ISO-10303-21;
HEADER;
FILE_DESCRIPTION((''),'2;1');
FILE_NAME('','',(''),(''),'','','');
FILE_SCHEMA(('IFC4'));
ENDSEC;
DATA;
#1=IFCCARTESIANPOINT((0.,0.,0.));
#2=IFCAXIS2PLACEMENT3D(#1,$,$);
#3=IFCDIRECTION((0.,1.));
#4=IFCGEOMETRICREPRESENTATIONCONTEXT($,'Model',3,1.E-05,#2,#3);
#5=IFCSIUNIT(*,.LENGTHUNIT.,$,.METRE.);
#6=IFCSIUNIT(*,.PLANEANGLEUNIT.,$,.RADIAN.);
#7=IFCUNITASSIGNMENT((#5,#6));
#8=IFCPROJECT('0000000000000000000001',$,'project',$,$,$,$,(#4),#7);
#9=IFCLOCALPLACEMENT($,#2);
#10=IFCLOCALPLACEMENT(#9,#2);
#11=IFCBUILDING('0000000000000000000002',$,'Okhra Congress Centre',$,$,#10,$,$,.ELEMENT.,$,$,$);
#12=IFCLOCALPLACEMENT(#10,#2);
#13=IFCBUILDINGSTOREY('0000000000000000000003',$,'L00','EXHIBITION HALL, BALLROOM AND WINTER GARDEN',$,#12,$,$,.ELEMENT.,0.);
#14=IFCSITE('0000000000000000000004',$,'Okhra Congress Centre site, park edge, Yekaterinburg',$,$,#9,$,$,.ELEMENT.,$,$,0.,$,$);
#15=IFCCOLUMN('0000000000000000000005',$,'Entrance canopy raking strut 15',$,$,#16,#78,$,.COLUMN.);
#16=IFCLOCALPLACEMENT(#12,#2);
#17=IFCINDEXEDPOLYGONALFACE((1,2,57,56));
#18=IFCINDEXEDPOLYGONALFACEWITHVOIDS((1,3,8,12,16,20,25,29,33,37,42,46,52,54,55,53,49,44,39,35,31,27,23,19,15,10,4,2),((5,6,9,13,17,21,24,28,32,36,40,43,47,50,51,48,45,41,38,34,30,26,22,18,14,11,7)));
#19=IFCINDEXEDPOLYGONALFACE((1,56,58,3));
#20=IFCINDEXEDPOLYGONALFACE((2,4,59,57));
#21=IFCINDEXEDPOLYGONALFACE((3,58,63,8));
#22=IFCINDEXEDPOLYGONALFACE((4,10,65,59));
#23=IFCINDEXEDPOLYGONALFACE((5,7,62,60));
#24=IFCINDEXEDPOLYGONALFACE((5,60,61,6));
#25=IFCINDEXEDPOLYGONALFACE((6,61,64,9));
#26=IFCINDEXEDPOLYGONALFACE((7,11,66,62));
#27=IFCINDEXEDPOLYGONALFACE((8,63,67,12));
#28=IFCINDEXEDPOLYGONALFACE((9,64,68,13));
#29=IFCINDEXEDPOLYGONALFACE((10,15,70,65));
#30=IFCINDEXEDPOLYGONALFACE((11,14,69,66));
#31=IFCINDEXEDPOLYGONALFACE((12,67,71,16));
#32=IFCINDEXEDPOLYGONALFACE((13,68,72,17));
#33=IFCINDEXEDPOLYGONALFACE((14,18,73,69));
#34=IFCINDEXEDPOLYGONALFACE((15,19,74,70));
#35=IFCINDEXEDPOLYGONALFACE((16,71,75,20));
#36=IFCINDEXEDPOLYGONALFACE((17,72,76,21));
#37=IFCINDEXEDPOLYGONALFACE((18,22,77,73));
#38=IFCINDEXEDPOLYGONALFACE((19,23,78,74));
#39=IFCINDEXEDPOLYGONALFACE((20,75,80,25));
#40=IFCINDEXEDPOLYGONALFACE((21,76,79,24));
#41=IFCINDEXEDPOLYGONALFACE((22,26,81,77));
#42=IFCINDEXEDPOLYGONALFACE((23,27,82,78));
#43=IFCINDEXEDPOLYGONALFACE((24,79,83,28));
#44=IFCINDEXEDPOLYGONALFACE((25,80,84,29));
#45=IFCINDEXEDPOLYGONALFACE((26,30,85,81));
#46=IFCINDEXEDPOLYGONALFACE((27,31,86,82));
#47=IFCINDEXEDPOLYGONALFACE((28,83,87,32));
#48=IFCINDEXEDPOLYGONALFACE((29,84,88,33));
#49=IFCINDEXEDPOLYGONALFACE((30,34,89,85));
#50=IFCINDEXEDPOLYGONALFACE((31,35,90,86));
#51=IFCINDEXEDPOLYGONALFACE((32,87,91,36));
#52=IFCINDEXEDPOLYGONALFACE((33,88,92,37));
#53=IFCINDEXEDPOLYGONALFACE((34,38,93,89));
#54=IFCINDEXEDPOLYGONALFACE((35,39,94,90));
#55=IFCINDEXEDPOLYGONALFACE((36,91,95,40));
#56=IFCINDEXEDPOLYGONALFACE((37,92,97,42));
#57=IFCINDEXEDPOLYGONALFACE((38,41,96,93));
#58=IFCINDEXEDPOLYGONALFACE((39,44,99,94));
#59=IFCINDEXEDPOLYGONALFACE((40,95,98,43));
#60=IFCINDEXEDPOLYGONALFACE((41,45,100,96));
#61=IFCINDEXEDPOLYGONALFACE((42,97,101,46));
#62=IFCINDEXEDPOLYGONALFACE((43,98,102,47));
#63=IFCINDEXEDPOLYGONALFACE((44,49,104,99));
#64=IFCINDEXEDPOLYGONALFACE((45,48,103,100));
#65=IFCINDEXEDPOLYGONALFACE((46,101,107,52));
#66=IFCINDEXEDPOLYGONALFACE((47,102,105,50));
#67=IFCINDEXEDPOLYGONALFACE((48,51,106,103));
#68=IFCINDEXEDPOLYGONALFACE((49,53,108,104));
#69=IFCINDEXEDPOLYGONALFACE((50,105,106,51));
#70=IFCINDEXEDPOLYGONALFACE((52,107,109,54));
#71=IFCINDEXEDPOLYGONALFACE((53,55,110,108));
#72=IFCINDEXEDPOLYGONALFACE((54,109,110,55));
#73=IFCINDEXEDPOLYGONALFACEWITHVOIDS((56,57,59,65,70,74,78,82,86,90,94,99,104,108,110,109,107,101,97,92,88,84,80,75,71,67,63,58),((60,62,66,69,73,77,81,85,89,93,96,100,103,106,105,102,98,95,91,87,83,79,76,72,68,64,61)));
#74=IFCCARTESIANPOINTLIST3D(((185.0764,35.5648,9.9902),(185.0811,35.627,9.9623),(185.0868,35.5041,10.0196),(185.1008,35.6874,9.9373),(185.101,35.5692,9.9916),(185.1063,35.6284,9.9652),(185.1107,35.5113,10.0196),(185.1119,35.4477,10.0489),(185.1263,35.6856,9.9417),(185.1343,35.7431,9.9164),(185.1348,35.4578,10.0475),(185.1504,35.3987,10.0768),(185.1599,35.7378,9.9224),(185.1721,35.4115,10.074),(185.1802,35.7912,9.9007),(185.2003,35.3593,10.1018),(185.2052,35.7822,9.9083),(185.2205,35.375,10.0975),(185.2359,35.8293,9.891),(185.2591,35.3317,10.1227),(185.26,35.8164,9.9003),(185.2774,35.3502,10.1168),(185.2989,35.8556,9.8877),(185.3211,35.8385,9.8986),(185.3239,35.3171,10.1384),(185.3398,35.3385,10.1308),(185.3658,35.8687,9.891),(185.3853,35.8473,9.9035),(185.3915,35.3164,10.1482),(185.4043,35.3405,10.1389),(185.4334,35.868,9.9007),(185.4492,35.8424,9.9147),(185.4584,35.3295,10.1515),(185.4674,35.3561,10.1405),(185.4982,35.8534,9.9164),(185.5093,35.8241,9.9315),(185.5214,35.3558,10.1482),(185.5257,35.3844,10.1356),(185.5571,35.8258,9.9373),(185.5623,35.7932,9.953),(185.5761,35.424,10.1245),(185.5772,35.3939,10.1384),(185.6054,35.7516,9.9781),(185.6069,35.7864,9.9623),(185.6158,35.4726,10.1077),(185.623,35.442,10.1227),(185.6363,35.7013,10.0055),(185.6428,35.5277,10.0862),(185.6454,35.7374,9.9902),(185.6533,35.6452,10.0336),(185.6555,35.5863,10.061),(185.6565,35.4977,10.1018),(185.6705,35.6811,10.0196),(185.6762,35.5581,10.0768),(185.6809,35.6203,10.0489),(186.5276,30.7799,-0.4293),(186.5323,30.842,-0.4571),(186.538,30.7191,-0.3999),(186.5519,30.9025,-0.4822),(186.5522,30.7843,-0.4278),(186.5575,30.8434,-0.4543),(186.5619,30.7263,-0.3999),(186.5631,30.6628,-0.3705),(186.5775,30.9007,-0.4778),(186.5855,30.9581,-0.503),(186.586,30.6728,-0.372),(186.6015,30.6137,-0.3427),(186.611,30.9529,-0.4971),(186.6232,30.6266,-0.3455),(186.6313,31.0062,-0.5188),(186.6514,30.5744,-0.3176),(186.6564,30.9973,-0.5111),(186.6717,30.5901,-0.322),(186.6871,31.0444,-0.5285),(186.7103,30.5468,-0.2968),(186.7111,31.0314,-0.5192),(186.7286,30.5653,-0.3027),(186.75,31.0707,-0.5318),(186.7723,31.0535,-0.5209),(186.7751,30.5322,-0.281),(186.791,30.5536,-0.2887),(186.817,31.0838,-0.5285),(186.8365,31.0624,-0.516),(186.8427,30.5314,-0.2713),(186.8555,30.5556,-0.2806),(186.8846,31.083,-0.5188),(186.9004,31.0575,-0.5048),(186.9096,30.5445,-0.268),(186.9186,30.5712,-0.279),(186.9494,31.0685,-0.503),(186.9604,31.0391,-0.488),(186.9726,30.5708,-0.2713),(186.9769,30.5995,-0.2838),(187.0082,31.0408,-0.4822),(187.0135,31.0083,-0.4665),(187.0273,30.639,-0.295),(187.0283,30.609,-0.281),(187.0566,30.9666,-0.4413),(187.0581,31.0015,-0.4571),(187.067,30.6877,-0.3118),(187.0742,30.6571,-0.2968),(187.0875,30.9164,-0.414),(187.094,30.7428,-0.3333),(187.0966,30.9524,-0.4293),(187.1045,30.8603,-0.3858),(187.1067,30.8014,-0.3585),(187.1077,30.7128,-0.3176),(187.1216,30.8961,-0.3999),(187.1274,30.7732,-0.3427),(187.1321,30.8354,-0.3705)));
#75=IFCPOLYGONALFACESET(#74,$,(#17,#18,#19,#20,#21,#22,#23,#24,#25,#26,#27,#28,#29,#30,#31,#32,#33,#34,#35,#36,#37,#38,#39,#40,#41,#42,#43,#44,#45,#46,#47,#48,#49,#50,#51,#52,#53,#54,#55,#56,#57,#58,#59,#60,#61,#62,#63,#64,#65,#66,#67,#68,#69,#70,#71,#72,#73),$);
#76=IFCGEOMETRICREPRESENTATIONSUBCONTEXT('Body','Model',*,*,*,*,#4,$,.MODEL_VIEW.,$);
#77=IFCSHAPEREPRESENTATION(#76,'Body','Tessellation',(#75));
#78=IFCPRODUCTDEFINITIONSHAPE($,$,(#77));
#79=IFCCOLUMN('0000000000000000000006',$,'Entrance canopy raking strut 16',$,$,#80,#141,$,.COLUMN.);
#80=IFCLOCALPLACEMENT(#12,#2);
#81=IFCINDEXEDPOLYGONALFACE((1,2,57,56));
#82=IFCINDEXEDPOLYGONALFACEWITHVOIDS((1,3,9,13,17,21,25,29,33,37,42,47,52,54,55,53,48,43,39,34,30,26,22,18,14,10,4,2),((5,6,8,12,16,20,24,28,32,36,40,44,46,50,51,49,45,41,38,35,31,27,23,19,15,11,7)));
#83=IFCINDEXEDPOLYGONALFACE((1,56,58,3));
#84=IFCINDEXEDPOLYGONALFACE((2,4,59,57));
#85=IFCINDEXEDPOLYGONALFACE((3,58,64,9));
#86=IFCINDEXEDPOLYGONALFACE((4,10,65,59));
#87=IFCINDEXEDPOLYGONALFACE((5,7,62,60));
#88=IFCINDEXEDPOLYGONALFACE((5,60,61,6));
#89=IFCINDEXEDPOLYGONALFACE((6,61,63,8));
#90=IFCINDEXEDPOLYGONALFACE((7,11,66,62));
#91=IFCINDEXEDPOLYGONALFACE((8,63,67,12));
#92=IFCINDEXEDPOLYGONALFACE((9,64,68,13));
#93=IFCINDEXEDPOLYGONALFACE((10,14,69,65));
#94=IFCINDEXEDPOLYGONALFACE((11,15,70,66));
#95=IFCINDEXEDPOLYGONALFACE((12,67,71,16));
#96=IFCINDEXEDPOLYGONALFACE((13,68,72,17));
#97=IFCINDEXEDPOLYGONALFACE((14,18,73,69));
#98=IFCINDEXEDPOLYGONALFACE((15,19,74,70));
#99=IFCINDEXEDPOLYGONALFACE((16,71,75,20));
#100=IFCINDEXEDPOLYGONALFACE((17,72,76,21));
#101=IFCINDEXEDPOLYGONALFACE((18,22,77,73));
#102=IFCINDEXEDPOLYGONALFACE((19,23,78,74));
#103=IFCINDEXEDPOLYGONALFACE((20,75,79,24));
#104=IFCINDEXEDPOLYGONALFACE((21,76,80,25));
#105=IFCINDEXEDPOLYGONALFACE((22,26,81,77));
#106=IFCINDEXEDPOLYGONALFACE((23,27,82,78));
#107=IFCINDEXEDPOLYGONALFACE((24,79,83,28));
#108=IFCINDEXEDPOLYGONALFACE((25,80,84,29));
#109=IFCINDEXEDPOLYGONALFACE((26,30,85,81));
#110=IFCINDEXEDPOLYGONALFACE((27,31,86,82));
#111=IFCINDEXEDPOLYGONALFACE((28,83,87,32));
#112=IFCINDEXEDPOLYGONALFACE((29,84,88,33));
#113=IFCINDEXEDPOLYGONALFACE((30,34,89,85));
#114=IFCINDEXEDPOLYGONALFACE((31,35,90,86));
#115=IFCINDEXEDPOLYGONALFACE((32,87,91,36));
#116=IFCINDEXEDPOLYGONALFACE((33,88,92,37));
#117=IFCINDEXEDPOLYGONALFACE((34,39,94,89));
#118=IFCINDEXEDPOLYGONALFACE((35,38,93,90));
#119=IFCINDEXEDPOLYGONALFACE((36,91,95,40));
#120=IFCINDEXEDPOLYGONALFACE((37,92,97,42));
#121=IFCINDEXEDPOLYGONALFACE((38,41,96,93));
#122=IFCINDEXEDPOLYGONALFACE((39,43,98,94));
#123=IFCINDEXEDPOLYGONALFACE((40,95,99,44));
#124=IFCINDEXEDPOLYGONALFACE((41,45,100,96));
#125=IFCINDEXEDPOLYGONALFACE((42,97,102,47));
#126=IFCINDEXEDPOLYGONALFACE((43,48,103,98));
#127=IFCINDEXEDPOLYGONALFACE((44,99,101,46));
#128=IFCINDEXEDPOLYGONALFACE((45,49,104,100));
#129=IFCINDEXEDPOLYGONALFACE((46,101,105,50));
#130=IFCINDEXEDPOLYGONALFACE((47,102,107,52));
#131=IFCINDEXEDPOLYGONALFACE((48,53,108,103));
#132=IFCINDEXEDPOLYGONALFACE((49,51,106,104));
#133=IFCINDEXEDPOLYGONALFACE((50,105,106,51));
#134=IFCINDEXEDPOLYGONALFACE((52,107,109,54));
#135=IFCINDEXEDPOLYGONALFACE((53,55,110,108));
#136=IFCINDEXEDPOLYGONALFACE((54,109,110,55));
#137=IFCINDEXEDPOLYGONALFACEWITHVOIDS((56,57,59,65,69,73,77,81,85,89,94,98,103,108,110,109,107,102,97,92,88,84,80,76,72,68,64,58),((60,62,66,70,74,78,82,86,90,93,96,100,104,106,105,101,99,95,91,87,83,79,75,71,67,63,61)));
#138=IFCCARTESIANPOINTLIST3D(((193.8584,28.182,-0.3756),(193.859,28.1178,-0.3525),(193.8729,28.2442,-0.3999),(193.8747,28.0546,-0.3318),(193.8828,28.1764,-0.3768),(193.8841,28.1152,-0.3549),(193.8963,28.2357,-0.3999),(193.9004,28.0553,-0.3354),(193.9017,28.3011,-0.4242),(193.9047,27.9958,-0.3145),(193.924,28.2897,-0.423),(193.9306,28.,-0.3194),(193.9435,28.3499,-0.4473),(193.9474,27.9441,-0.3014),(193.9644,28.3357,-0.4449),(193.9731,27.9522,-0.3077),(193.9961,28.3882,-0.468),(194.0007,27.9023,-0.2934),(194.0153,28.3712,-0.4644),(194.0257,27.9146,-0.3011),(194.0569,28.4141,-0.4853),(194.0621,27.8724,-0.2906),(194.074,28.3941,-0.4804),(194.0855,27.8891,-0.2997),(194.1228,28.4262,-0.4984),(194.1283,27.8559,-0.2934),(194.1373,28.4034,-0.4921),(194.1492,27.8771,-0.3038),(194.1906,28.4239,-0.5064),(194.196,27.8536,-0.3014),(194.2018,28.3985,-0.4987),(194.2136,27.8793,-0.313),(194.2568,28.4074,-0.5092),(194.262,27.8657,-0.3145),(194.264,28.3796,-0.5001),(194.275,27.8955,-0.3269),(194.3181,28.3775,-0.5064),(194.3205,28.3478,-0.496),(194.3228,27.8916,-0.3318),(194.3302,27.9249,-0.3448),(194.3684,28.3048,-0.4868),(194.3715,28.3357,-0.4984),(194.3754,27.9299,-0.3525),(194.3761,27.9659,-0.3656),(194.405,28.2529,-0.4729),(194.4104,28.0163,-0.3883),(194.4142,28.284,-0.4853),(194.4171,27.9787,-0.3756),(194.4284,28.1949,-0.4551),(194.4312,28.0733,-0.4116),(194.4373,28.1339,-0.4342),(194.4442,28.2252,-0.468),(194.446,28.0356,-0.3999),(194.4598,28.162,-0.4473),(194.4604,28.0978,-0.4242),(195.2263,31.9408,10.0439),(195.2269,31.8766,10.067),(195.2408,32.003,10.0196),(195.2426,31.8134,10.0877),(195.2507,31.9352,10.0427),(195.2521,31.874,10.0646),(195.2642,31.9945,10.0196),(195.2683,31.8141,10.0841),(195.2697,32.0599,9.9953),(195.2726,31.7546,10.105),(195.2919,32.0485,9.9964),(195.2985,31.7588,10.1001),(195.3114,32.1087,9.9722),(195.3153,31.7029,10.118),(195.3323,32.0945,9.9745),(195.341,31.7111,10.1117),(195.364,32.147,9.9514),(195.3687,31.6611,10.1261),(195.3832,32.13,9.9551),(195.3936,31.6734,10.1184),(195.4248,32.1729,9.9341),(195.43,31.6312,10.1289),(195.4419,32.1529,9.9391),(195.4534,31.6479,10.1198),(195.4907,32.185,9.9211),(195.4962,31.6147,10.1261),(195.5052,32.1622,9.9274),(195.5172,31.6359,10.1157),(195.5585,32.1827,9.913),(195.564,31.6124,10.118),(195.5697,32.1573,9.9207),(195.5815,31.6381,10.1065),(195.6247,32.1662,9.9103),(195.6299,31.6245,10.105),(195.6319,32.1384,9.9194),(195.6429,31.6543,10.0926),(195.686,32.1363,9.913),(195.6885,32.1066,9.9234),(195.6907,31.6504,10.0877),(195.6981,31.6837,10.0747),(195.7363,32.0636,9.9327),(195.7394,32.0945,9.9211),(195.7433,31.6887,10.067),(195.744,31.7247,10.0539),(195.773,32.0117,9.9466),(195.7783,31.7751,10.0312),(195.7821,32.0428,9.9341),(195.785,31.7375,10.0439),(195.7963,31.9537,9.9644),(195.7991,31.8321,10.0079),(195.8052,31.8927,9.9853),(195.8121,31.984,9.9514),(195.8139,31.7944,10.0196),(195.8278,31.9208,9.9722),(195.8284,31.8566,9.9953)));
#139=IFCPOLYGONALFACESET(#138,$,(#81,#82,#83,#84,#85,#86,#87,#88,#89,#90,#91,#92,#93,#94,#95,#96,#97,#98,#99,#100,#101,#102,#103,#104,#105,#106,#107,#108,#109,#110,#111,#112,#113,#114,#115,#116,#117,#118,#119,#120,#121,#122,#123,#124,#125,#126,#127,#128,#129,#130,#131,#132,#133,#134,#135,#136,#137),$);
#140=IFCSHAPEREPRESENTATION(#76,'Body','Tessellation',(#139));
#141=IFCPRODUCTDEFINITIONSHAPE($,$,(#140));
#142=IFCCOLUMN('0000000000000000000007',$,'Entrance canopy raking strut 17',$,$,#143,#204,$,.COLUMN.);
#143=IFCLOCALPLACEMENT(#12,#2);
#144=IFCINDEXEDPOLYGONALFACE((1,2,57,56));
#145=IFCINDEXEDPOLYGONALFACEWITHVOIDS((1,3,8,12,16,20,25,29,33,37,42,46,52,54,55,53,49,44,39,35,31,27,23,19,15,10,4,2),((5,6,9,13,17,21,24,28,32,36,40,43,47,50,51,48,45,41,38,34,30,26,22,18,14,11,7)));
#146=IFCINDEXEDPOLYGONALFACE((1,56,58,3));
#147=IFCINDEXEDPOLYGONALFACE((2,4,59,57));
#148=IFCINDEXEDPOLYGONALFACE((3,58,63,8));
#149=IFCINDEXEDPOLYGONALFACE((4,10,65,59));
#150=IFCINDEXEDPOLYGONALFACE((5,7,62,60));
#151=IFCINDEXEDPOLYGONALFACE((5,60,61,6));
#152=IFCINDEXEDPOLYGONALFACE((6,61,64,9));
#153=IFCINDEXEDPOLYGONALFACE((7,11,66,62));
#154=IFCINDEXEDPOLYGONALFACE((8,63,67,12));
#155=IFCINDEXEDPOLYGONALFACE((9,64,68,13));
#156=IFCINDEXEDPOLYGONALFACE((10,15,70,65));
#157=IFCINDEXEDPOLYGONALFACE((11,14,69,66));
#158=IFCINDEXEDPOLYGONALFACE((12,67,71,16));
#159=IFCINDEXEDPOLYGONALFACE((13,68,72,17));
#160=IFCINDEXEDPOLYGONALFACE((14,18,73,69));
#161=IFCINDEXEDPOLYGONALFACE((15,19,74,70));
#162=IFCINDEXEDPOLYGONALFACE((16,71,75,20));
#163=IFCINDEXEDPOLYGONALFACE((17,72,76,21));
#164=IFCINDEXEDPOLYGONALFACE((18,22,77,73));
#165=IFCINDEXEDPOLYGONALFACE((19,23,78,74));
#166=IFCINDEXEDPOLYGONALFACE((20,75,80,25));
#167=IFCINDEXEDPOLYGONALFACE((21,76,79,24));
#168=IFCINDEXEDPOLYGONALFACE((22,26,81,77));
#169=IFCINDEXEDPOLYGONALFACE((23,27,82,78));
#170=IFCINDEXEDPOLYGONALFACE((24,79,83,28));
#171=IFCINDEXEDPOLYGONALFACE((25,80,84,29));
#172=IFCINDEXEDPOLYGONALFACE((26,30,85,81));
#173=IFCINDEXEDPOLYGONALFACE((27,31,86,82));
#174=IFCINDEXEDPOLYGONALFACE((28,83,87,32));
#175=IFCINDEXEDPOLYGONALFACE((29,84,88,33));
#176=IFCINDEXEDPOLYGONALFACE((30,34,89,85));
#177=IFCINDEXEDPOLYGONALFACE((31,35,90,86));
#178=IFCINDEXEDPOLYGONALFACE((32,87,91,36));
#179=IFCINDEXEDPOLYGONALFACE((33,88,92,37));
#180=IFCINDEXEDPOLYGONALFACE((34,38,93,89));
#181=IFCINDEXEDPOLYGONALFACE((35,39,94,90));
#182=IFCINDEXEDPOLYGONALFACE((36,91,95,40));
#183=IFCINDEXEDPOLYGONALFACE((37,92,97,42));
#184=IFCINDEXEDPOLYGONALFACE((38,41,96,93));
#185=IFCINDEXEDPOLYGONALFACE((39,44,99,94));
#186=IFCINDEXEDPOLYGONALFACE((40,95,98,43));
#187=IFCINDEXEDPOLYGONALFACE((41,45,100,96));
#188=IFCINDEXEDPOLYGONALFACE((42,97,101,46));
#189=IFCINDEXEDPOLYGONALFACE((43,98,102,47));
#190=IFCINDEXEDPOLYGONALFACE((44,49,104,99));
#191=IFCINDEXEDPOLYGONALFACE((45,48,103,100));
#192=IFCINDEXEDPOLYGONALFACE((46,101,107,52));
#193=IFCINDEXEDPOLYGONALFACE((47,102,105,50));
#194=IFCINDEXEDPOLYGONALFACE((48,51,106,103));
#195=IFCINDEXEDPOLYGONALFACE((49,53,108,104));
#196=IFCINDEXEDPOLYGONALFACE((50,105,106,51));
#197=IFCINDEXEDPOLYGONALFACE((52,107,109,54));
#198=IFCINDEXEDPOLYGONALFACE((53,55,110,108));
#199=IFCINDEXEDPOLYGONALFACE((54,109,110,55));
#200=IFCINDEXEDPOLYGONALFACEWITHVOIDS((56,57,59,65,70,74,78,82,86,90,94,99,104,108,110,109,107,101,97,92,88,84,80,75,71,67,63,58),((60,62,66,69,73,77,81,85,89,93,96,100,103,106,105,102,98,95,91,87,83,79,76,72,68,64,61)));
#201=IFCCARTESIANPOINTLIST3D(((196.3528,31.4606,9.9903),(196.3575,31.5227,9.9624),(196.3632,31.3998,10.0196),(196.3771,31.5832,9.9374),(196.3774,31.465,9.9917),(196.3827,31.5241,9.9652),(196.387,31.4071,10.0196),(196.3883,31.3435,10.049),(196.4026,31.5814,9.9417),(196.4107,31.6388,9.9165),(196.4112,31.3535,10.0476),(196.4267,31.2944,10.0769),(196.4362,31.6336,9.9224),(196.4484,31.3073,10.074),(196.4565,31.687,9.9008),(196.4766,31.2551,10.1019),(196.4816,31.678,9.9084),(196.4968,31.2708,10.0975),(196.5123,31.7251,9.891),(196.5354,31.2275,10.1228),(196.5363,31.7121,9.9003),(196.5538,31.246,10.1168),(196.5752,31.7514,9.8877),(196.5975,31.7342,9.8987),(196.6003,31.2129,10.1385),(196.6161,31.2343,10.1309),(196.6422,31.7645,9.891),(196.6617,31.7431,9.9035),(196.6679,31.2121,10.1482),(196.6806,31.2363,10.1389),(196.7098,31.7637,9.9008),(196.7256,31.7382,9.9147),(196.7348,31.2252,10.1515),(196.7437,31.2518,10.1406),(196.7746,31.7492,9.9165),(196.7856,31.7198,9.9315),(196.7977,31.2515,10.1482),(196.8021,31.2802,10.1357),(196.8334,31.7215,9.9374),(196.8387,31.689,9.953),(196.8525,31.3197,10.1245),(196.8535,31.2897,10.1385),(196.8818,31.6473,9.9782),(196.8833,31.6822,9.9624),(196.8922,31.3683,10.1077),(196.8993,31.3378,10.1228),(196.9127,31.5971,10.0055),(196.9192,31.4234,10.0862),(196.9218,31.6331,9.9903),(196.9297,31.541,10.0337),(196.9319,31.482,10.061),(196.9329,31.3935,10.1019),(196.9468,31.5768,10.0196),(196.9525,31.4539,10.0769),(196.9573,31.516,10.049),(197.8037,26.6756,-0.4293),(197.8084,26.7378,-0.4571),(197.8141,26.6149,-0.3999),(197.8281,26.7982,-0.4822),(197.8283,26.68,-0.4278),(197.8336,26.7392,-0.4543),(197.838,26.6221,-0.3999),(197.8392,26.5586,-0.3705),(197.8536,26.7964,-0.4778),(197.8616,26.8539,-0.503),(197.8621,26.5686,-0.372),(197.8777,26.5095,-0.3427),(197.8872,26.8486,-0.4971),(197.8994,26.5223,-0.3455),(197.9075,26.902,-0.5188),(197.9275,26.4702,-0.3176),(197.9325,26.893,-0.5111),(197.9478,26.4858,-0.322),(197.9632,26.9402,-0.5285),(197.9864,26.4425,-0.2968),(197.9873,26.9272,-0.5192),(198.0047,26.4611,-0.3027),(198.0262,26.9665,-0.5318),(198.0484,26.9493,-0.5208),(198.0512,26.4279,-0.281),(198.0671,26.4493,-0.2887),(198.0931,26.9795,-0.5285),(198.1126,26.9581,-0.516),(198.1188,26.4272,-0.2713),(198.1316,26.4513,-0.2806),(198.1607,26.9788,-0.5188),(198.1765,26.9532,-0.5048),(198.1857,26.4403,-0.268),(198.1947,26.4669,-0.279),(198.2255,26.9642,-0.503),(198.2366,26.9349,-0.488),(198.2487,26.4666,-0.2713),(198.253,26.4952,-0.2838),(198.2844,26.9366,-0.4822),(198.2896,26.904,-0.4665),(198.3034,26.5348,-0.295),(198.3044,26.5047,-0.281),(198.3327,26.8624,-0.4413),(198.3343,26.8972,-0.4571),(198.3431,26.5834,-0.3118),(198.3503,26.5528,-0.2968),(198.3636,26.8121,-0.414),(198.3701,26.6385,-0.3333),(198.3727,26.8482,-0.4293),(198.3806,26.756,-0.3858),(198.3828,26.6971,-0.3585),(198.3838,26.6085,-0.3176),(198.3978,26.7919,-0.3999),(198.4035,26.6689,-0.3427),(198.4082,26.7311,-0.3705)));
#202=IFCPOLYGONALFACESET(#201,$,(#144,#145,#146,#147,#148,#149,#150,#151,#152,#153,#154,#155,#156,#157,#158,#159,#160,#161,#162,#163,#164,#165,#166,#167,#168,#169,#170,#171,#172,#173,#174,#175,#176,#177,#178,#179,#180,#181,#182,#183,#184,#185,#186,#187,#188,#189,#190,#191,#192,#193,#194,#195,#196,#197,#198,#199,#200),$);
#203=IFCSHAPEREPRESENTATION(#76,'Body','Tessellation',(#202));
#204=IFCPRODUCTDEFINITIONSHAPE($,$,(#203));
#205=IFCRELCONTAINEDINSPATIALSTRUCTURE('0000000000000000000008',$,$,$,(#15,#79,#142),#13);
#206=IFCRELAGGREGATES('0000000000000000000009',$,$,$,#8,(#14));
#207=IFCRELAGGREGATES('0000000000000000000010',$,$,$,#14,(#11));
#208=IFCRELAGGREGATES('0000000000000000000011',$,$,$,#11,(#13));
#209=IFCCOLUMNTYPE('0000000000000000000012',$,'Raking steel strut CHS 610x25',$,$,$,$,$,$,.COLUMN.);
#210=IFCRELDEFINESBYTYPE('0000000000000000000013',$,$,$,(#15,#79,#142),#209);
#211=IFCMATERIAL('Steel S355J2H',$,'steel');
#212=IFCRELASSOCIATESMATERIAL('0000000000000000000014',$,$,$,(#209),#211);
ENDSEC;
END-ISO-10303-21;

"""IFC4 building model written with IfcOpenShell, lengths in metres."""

from ifc_helpers import new_model, si_unit, direction, frame, origin, origin_2d, place, context, subcontext, project, spatial, hollow_circle, extrude, material, material_profile, profile_set, type_object, element, save


model = new_model("IFC4")

# Units and contexts
model_context = context("Model", 3, precision=1e-05, world=origin(), true_north=direction((0.0, 1.0)))
body_context = subcontext(model_context, "Body", "Model", "MODEL_VIEW")
ifc_project = project(units=[si_unit("LENGTHUNIT", "METRE"), si_unit("PLANEANGLEUNIT", "RADIAN")], contexts=[model_context])

# Site, building, storey
site_placement = place(None, origin())
site = spatial("IfcSite", under=ifc_project, at=site_placement, Name="Okhra Congress Centre site, park edge, Yekaterinburg", CompositionType="ELEMENT", RefElevation=0.0)
building_placement = place(site_placement, origin())
building = spatial("IfcBuilding", under=site, at=building_placement, Name="Okhra Congress Centre", CompositionType="ELEMENT")
storey_placement = place(building_placement, origin())
storey = spatial("IfcBuildingStorey", under=building, at=storey_placement, Name="L00", Description="EXHIBITION HALL, BALLROOM AND WINTER GARDEN", CompositionType="ELEMENT", Elevation=0.0)

# Columns
ifc_material_1 = material(Name="Steel S355J2H", Category="steel")
ifc_material_profile_1 = material_profile(ifc_material_1, hollow_circle(Radius=0.3049, WallThickness=0.0249, at=origin_2d()), Name="CHS 610x25")
ifc_profile_set_1 = profile_set([ifc_material_profile_1], Name="Steel S355J2H")
column_type = type_object("IfcColumnType", Name="Raking steel strut CHS 610x25", PredefinedType="COLUMN", material=ifc_profile_set_1)
column_1_placement = place(storey_placement, frame((186.8298, 30.8076, -0.3999), z_axis=(-0.125566, 0.414025, 0.901564), x_axis=(-0.956958, -0.290227, 0.0)))
element("IfcColumn", 1, at=column_1_placement, inside=storey, type_object=column_type, Name="Entrance canopy raking strut 15", PredefinedType="COLUMN", context=body_context, shape_type="SweptSolid", body=[
    extrude(hollow_circle(Radius=0.3049, WallThickness=0.0249, at=origin_2d()), origin(), (0.0, 0.0, 1.0), 11.5571),
])
column_2_placement = place(storey_placement, frame((194.1594, 28.1399, -0.3999), z_axis=(0.122564, 0.336784, 0.933571), x_axis=(-0.939706, 0.341983, 0.0)))
element("IfcColumn", 2, at=column_2_placement, inside=storey, type_object=column_type, Name="Entrance canopy raking strut 16", PredefinedType="COLUMN", context=body_context, shape_type="SweptSolid", body=[
    extrude(hollow_circle(Radius=0.3049, WallThickness=0.0249, at=origin_2d()), origin(), (0.0, 0.0, 1.0), 11.1609),
])
column_3_placement = place(storey_placement, frame((198.106, 26.7034, -0.3999), z_axis=(-0.125545, 0.414026, 0.901566), x_axis=(-0.956971, -0.290182, 0.0)))
element("IfcColumn", 3, at=column_3_placement, inside=storey, type_object=column_type, Name="Entrance canopy raking strut 17", PredefinedType="COLUMN", context=body_context, shape_type="SweptSolid", body=[
    extrude(hollow_circle(Radius=0.3049, WallThickness=0.0249, at=origin_2d()), origin(), (0.0, 0.0, 1.0), 11.5571),
])

save(model, "model.ifc")
